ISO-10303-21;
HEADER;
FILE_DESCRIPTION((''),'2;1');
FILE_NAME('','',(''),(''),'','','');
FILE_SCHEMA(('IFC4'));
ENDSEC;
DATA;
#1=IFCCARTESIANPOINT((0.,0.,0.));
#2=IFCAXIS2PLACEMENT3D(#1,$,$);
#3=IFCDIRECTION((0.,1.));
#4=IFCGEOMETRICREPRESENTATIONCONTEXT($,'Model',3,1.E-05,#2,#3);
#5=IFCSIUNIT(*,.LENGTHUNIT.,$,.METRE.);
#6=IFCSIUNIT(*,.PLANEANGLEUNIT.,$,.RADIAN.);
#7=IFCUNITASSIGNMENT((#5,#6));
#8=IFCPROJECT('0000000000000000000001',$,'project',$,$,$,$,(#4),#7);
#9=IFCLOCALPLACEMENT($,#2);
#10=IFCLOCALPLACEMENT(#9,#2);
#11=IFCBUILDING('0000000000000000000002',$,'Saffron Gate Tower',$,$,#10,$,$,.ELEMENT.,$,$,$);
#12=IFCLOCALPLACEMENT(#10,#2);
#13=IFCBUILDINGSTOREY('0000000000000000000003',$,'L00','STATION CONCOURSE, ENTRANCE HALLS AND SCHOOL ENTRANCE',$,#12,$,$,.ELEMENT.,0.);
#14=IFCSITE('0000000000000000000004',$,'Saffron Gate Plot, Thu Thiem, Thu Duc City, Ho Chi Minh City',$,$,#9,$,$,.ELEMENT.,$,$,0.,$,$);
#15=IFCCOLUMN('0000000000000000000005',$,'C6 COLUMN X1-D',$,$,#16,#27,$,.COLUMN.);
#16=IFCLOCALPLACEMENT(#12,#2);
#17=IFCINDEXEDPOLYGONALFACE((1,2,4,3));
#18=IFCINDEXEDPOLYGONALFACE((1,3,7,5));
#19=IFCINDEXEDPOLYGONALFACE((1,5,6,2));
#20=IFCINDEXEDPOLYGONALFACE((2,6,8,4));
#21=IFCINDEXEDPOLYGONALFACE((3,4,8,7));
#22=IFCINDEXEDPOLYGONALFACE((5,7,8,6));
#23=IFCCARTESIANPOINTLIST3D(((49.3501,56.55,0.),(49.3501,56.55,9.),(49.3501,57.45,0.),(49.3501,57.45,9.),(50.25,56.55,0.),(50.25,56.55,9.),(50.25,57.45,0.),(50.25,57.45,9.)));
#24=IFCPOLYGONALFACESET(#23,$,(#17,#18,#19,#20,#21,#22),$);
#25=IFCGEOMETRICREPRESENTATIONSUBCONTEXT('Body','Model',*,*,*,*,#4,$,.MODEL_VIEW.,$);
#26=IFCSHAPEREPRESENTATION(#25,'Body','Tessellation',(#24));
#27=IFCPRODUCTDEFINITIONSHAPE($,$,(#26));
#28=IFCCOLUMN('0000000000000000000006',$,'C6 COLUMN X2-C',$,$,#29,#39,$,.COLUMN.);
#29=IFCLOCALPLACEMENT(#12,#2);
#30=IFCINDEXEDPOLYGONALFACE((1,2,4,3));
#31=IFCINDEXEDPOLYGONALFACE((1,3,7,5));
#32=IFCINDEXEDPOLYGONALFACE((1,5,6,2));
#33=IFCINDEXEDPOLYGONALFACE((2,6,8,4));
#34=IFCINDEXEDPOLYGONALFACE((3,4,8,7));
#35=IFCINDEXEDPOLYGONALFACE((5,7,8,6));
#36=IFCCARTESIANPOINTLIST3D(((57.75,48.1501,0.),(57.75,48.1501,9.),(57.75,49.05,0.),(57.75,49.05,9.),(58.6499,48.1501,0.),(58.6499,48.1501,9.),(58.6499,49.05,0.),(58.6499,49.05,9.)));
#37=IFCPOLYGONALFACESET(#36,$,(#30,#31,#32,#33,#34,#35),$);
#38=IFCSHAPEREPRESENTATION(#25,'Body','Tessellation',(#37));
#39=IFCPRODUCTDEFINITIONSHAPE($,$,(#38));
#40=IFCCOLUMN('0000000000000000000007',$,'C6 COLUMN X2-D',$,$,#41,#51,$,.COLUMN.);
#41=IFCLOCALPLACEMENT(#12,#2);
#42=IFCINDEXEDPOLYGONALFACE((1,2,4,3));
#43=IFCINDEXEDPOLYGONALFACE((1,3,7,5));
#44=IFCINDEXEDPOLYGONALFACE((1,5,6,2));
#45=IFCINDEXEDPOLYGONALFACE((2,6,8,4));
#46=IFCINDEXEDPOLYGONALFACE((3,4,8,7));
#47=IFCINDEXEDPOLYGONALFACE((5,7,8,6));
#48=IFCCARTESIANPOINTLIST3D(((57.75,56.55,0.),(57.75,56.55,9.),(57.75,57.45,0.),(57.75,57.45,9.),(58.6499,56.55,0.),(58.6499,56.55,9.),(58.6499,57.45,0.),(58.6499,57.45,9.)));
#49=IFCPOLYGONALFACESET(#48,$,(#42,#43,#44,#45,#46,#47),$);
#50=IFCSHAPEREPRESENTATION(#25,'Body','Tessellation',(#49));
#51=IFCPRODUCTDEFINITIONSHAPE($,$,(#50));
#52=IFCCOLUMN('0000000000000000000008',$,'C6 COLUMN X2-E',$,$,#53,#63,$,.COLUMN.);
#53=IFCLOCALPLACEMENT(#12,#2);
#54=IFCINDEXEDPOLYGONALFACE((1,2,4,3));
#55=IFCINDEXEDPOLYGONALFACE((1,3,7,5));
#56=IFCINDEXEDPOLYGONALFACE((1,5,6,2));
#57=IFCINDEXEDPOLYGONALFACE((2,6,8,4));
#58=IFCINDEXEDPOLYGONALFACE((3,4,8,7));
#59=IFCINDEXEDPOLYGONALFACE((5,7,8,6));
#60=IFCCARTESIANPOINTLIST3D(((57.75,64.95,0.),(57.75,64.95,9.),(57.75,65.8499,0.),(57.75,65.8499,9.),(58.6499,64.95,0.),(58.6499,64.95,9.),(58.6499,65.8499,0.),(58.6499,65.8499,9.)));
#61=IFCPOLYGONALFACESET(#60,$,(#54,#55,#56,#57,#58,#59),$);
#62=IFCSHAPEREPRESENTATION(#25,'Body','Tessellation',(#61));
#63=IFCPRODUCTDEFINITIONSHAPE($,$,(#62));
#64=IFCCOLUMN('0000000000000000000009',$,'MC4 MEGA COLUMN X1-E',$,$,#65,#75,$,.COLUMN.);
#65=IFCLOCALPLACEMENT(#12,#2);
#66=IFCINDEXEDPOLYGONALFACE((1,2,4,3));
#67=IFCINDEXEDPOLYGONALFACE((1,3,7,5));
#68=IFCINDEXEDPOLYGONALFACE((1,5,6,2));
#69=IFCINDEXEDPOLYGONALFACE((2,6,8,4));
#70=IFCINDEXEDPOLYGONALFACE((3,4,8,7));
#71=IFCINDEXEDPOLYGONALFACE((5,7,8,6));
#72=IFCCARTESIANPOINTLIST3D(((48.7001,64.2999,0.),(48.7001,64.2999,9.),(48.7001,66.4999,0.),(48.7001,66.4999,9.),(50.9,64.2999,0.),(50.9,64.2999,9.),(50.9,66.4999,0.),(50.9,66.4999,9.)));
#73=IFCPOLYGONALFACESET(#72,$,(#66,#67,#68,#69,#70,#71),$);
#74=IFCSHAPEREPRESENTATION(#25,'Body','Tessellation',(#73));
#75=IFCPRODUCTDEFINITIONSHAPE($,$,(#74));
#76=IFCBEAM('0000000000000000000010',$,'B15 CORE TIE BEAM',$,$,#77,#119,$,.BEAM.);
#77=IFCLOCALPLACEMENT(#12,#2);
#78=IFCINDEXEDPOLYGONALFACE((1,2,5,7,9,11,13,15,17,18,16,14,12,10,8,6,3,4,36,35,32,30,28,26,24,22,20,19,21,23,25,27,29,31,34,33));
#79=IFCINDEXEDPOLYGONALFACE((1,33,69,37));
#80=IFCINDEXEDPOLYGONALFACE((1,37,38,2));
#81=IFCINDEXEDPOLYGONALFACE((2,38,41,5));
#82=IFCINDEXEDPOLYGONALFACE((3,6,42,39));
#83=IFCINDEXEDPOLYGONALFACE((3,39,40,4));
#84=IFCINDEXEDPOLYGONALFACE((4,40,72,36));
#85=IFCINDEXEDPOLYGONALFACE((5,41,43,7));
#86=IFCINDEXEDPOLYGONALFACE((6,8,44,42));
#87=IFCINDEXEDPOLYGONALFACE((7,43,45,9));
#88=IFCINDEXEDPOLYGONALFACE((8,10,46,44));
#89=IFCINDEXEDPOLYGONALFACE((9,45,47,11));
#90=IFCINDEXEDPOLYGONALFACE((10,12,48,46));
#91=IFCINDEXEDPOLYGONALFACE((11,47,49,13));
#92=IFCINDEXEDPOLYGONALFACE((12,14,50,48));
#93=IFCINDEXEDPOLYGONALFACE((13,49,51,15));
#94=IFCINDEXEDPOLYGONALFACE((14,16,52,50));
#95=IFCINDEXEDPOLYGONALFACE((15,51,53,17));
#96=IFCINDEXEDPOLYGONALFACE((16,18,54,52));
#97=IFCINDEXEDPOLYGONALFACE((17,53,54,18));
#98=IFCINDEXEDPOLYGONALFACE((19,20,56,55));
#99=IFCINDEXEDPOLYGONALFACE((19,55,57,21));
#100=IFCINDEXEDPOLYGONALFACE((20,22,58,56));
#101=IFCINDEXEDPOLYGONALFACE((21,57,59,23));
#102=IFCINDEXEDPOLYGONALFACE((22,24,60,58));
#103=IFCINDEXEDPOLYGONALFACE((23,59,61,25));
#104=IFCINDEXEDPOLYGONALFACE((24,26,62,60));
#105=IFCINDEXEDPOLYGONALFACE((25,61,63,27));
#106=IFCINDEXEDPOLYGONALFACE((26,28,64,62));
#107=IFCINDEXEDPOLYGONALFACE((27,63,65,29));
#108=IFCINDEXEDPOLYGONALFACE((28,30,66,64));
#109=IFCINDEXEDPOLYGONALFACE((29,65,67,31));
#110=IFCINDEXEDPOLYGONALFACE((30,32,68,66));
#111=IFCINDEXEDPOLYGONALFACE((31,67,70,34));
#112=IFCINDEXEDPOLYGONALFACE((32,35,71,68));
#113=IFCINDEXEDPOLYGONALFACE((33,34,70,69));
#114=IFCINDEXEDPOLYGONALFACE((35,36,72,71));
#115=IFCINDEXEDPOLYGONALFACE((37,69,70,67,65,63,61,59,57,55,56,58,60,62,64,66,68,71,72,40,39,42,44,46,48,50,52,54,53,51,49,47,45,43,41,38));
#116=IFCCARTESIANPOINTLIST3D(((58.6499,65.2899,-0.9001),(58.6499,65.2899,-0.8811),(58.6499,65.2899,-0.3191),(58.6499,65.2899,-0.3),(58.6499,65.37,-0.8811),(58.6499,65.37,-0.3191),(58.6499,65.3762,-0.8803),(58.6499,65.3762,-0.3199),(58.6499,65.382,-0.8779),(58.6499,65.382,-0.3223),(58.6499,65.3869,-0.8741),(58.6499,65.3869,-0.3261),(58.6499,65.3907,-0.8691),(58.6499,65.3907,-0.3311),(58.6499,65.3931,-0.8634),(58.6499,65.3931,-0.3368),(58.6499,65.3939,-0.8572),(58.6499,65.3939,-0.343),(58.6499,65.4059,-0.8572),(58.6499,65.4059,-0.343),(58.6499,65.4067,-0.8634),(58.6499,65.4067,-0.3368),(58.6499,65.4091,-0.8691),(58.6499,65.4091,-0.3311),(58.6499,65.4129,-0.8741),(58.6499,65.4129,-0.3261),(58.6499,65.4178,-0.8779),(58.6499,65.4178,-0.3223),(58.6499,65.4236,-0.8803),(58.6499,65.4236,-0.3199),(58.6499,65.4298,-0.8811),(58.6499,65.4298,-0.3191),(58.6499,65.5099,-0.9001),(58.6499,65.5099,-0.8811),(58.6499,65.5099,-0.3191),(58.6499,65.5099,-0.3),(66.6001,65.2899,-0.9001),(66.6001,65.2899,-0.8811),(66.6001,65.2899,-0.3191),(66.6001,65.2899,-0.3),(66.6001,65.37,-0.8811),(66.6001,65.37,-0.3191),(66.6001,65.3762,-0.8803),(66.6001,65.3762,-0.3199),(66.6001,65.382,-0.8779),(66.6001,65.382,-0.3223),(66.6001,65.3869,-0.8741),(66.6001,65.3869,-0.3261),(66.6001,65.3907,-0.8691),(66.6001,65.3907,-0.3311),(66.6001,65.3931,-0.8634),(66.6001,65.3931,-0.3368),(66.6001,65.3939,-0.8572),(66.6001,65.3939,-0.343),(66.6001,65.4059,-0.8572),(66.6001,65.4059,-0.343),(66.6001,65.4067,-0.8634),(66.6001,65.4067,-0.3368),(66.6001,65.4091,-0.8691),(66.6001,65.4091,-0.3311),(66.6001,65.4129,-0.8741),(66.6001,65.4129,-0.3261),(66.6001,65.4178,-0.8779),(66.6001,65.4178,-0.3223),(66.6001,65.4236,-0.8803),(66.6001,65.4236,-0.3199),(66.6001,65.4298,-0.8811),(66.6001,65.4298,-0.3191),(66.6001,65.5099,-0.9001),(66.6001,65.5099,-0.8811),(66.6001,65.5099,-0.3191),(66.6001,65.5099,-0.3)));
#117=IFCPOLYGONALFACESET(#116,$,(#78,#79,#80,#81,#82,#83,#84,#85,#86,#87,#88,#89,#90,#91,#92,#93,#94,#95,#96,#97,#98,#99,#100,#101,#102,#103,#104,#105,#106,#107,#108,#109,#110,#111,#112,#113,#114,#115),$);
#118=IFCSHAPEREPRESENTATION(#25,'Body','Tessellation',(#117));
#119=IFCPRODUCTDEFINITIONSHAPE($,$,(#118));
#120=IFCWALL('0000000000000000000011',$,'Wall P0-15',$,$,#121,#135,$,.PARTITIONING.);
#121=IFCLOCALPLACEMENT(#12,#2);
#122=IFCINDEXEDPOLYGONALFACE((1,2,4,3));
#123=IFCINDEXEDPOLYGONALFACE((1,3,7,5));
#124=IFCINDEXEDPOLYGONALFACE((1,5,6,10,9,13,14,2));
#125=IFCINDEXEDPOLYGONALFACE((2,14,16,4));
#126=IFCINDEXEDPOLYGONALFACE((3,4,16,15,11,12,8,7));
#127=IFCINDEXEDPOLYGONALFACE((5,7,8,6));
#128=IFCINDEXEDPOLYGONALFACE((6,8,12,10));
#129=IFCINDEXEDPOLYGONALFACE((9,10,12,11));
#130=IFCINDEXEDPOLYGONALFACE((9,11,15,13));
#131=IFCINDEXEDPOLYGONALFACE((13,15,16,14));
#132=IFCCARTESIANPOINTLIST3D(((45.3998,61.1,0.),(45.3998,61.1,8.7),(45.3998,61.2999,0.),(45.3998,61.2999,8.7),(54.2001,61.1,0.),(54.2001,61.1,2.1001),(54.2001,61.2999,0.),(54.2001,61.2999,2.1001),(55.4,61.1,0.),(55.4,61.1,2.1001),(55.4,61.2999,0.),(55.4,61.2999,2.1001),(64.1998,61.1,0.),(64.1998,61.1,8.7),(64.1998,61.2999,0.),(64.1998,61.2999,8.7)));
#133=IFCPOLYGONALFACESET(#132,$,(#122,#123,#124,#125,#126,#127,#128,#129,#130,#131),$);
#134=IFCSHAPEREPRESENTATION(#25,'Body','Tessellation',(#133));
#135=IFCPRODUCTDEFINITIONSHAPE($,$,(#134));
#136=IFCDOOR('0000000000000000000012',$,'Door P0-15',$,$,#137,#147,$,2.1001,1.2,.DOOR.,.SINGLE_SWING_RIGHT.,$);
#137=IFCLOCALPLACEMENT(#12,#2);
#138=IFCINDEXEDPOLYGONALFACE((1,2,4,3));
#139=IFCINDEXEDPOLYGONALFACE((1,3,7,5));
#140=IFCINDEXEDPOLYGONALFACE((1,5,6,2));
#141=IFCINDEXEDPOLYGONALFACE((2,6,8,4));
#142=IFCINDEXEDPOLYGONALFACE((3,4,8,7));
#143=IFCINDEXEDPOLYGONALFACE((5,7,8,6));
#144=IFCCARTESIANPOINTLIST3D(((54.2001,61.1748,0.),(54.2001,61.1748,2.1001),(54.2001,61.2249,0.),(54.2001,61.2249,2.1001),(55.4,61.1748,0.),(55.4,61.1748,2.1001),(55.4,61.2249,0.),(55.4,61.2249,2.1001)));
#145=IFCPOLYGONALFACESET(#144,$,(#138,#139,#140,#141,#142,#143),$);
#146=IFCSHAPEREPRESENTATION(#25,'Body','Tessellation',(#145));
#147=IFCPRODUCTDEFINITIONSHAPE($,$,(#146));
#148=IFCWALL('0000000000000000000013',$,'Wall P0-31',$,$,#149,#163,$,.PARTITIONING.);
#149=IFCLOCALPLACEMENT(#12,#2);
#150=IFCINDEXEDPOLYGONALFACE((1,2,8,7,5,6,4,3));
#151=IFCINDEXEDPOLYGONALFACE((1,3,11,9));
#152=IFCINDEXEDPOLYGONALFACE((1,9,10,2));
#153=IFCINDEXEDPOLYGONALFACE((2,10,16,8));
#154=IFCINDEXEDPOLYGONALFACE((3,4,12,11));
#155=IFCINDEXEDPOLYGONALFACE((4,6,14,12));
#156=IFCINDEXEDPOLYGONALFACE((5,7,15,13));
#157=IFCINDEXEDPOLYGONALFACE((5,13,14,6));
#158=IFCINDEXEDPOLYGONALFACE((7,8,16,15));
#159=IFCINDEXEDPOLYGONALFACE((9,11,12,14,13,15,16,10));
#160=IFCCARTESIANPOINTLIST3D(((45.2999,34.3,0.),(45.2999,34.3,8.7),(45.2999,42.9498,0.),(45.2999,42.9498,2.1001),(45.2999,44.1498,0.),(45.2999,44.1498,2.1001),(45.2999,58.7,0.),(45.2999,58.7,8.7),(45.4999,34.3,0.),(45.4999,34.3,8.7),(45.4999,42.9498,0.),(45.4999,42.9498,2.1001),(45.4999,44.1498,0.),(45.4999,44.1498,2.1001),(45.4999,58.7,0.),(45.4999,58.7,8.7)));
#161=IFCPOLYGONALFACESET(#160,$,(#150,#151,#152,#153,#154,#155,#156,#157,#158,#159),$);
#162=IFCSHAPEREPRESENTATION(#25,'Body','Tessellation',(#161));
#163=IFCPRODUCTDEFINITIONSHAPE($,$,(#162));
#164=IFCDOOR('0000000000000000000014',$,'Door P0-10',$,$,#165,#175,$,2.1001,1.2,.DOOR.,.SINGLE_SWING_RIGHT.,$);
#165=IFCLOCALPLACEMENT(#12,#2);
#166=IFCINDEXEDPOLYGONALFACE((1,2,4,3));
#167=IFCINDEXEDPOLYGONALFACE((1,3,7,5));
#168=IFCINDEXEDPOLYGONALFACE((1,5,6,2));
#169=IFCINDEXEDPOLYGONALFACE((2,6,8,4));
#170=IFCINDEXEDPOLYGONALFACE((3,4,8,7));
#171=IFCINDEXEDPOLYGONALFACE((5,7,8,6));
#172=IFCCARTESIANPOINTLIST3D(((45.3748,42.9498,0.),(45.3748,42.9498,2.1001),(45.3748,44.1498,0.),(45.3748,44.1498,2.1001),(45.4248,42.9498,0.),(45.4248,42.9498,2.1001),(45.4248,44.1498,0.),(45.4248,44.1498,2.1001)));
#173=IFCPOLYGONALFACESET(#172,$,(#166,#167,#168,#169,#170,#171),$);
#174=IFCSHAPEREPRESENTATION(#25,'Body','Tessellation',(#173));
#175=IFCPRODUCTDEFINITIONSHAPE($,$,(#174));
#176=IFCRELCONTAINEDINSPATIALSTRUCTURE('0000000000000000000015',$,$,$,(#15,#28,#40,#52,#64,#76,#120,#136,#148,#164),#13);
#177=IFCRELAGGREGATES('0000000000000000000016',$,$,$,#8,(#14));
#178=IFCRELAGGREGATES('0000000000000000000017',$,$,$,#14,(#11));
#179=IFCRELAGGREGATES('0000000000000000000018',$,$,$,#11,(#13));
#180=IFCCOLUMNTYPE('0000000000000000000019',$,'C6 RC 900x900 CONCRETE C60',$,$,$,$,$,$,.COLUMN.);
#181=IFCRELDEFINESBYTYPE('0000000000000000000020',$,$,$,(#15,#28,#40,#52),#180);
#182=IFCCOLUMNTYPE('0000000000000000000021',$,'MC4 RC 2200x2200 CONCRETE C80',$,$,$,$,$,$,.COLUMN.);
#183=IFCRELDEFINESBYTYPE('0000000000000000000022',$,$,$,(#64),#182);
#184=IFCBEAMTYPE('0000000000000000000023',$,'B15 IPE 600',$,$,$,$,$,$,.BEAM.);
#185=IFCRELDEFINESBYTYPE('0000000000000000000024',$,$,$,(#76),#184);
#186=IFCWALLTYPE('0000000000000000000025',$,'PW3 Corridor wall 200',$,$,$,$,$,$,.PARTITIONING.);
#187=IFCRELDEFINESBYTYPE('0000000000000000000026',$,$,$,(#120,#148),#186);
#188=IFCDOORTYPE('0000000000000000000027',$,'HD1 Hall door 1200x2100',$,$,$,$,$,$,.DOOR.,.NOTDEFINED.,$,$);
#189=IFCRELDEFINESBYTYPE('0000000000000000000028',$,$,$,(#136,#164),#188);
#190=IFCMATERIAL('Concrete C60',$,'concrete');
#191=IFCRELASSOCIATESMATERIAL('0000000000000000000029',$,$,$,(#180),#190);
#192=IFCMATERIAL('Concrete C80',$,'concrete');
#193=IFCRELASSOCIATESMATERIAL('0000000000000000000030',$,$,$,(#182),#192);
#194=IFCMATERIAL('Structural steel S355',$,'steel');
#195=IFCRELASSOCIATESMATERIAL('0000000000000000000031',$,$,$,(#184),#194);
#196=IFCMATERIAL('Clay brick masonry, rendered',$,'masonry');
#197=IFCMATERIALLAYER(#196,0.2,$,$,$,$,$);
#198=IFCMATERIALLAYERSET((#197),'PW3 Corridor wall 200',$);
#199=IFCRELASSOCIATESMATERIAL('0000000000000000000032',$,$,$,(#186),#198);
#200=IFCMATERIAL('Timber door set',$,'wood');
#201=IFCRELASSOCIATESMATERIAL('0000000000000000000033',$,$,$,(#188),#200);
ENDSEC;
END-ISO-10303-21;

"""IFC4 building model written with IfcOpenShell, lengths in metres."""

from ifc_helpers import new_model, si_unit, direction, frame, frame_2d, origin, origin_2d, place, context, subcontext, project, spatial, rectangle, i_section, extrude, material, layer, layer_set, material_profile, profile_set, type_object, element, fill, save


model = new_model("IFC4")

# Units and contexts
model_context = context("Model", 3, precision=1e-05, world=origin(), true_north=direction((0.0, 1.0)))
body_context = subcontext(model_context, "Body", "Model", "MODEL_VIEW")
ifc_project = project(units=[si_unit("LENGTHUNIT", "METRE"), si_unit("PLANEANGLEUNIT", "RADIAN")], contexts=[model_context])

# Site, building, storey
site_placement = place(None, origin())
site = spatial("IfcSite", under=ifc_project, at=site_placement, Name="Saffron Gate Plot, Thu Thiem, Thu Duc City, Ho Chi Minh City", CompositionType="ELEMENT", RefElevation=0.0)
building_placement = place(site_placement, origin())
building = spatial("IfcBuilding", under=site, at=building_placement, Name="Saffron Gate Tower", CompositionType="ELEMENT")
storey_placement = place(building_placement, origin())
storey = spatial("IfcBuildingStorey", under=building, at=storey_placement, Name="L00", Description="STATION CONCOURSE, ENTRANCE HALLS AND SCHOOL ENTRANCE", CompositionType="ELEMENT", Elevation=0.0)

# Columns
ifc_material_1 = material(Name="Concrete C60", Category="concrete")
ifc_material_profile_1 = material_profile(ifc_material_1, rectangle(XDim=0.8999, YDim=0.8999, at=origin_2d()))
ifc_profile_set_1 = profile_set([ifc_material_profile_1], Name="Concrete C60")
column_type_1 = type_object("IfcColumnType", Name="C6 RC 900x900 CONCRETE C60", PredefinedType="COLUMN", material=ifc_profile_set_1)
for number, where, z_axis, x_axis, name in (
    (1, (49.8, 57.0, 0.0), (0.0, 0.0, 1.0), (1.0, 0.0, 0.0), "C6 COLUMN X1-D"),
    (2, (58.2, 48.6001, 0.0), (0.0, 0.0, 1.0), (1.0, 0.0, 0.0), "C6 COLUMN X2-C"),
    (3, (58.2, 57.0, 0.0), (0.0, 0.0, 1.0), (1.0, 0.0, 0.0), "C6 COLUMN X2-D"),
    (4, (58.2, 65.3999, 0.0), (0.0, 0.0, 1.0), (1.0, 0.0, 0.0), "C6 COLUMN X2-E"),
):
    element("IfcColumn", number, at=place(storey_placement, frame(where, z_axis=z_axis, x_axis=x_axis)), inside=storey, type_object=column_type_1, Name=name, PredefinedType="COLUMN", context=body_context, shape_type="SweptSolid", body=[
        extrude(rectangle(XDim=0.8999, YDim=0.8999, at=origin_2d()), origin(), (0.0, 0.0, 1.0), 9.0),
    ])
ifc_material_2 = material(Name="Concrete C80", Category="concrete")
ifc_material_profile_2 = material_profile(ifc_material_2, rectangle(XDim=2.2, YDim=2.2, at=origin_2d()))
ifc_profile_set_2 = profile_set([ifc_material_profile_2], Name="Concrete C80")
column_type_2 = type_object("IfcColumnType", Name="MC4 RC 2200x2200 CONCRETE C80", PredefinedType="COLUMN", material=ifc_profile_set_2)
column_placement = place(storey_placement, frame((49.8, 65.3999, 0.0), z_axis=(0.0, 0.0, 1.0), x_axis=(1.0, 0.0, 0.0)))
element("IfcColumn", 5, at=column_placement, inside=storey, type_object=column_type_2, Name="MC4 MEGA COLUMN X1-E", PredefinedType="COLUMN", context=body_context, shape_type="SweptSolid", body=[
    extrude(rectangle(XDim=2.2, YDim=2.2, at=origin_2d()), origin(), (0.0, 0.0, 1.0), 9.0),
])

# Beam
ifc_material_3 = material(Name="Structural steel S355", Category="steel")
ifc_material_profile_3 = material_profile(ifc_material_3, i_section(OverallWidth=0.22, OverallDepth=0.6001, WebThickness=0.012, FlangeThickness=0.019, FilletRadius=0.0239, at=origin_2d()))
ifc_profile_set_3 = profile_set([ifc_material_profile_3], Name="Structural steel S355")
beam_type = type_object("IfcBeamType", Name="B15 IPE 600", PredefinedType="BEAM", material=ifc_profile_set_3)
beam_placement = place(storey_placement, frame((58.6499, 65.3999, -0.6001), z_axis=(1.0, 0.0, 0.0), x_axis=(0.0, 1.0, 0.0)))
element("IfcBeam", 6, at=beam_placement, inside=storey, type_object=beam_type, Name="B15 CORE TIE BEAM", PredefinedType="BEAM", context=body_context, shape_type="SweptSolid", body=[
    extrude(i_section(OverallWidth=0.22, OverallDepth=0.6001, WebThickness=0.012, FlangeThickness=0.019, FilletRadius=0.0239, at=origin_2d()), origin(), (0.0, 0.0, 1.0), 7.9502),
])

# Walls, openings, doors
ifc_material_4 = material(Name="Clay brick masonry, rendered", Category="masonry")
ifc_layer_1 = layer(ifc_material_4, 0.2)
ifc_layer_set_1 = layer_set([ifc_layer_1], Name="PW3 Corridor wall 200")
wall_type_1 = type_object("IfcWallType", Name="PW3 Corridor wall 200", PredefinedType="PARTITIONING", material=ifc_layer_set_1)
wall_1_placement = place(storey_placement, frame((45.3999, 61.2, 0.0), z_axis=(0.0, 0.0, 1.0), x_axis=(1.0, 0.0, 0.0)))
wall_1 = element("IfcWall", 7, at=wall_1_placement, inside=storey, type_object=wall_type_1, Name="Wall P0-15", PredefinedType="PARTITIONING", context=body_context, shape_type="SweptSolid", body=[
    extrude(rectangle(XDim=18.8, YDim=0.2, at=frame_2d((9.3999, 0.0))), origin(), (0.0, 0.0, 1.0), 8.7),
])
opening_1_placement = place(wall_1_placement, frame((8.8, 0.0, 0.0)))
opening_1 = element("IfcOpeningElement", 8, at=opening_1_placement, cuts=wall_1, PredefinedType="OPENING", context=body_context, shape_type="SweptSolid", body=[
    extrude(rectangle(XDim=1.2, YDim=2.1001, at=frame_2d((0.6001, 1.05))), frame((0.0, 0.1099, 0.0), z_axis=(0.0, -1.0, 0.0), x_axis=(1.0, 0.0, 0.0)), (0.0, 0.0, 1.0), 0.22),
])
ifc_material_5 = material(Name="Timber door set", Category="wood")
door_type_1 = type_object("IfcDoorType", Name="HD1 Hall door 1200x2100", OperationType="NOTDEFINED", PredefinedType="DOOR", material=ifc_material_5)
door_1_placement = place(opening_1_placement, origin())
door_1 = element("IfcDoor", 9, at=door_1_placement, inside=storey, type_object=door_type_1, Name="Door P0-15", OperationType="SINGLE_SWING_RIGHT", OverallHeight=2.1001, OverallWidth=1.2, PredefinedType="DOOR", context=body_context, shape_type="SweptSolid", body=[
    extrude(rectangle(XDim=1.2, YDim=2.1001, at=frame_2d((0.6001, 1.05))), frame((0.0, 0.0249, 0.0), z_axis=(0.0, -1.0, 0.0), x_axis=(1.0, 0.0, 0.0)), (0.0, 0.0, 1.0), 0.05),
])
fill(opening_1, door_1)
wall_2_placement = place(storey_placement, frame((45.3999, 58.7, 0.0), z_axis=(0.0, 0.0, 1.0), x_axis=(0.0, -1.0, 0.0)))
wall_2 = element("IfcWall", 10, at=wall_2_placement, inside=storey, type_object=wall_type_1, Name="Wall P0-31", PredefinedType="PARTITIONING", context=body_context, shape_type="SweptSolid", body=[
    extrude(rectangle(XDim=24.3999, YDim=0.2, at=frame_2d((12.2, 0.0))), origin(), (0.0, 0.0, 1.0), 8.7),
])
opening_2_placement = place(wall_2_placement, frame((14.55, 0.0, 0.0)))
opening_2 = element("IfcOpeningElement", 11, at=opening_2_placement, cuts=wall_2, PredefinedType="OPENING", context=body_context, shape_type="SweptSolid", body=[
    extrude(rectangle(XDim=1.2, YDim=2.1001, at=frame_2d((0.6001, 1.05))), frame((0.0, 0.1099, 0.0), z_axis=(0.0, -1.0, 0.0), x_axis=(1.0, 0.0, 0.0)), (0.0, 0.0, 1.0), 0.22),
])
door_2_placement = place(opening_2_placement, origin())
door_2 = element("IfcDoor", 12, at=door_2_placement, inside=storey, type_object=door_type_1, Name="Door P0-10", OperationType="SINGLE_SWING_RIGHT", OverallHeight=2.1001, OverallWidth=1.2, PredefinedType="DOOR", context=body_context, shape_type="SweptSolid", body=[
    extrude(rectangle(XDim=1.2, YDim=2.1001, at=frame_2d((0.6001, 1.05))), frame((0.0, 0.0249, 0.0), z_axis=(0.0, -1.0, 0.0), x_axis=(1.0, 0.0, 0.0)), (0.0, 0.0, 1.0), 0.05),
])
fill(opening_2, door_2)

save(model, "model.ifc")
